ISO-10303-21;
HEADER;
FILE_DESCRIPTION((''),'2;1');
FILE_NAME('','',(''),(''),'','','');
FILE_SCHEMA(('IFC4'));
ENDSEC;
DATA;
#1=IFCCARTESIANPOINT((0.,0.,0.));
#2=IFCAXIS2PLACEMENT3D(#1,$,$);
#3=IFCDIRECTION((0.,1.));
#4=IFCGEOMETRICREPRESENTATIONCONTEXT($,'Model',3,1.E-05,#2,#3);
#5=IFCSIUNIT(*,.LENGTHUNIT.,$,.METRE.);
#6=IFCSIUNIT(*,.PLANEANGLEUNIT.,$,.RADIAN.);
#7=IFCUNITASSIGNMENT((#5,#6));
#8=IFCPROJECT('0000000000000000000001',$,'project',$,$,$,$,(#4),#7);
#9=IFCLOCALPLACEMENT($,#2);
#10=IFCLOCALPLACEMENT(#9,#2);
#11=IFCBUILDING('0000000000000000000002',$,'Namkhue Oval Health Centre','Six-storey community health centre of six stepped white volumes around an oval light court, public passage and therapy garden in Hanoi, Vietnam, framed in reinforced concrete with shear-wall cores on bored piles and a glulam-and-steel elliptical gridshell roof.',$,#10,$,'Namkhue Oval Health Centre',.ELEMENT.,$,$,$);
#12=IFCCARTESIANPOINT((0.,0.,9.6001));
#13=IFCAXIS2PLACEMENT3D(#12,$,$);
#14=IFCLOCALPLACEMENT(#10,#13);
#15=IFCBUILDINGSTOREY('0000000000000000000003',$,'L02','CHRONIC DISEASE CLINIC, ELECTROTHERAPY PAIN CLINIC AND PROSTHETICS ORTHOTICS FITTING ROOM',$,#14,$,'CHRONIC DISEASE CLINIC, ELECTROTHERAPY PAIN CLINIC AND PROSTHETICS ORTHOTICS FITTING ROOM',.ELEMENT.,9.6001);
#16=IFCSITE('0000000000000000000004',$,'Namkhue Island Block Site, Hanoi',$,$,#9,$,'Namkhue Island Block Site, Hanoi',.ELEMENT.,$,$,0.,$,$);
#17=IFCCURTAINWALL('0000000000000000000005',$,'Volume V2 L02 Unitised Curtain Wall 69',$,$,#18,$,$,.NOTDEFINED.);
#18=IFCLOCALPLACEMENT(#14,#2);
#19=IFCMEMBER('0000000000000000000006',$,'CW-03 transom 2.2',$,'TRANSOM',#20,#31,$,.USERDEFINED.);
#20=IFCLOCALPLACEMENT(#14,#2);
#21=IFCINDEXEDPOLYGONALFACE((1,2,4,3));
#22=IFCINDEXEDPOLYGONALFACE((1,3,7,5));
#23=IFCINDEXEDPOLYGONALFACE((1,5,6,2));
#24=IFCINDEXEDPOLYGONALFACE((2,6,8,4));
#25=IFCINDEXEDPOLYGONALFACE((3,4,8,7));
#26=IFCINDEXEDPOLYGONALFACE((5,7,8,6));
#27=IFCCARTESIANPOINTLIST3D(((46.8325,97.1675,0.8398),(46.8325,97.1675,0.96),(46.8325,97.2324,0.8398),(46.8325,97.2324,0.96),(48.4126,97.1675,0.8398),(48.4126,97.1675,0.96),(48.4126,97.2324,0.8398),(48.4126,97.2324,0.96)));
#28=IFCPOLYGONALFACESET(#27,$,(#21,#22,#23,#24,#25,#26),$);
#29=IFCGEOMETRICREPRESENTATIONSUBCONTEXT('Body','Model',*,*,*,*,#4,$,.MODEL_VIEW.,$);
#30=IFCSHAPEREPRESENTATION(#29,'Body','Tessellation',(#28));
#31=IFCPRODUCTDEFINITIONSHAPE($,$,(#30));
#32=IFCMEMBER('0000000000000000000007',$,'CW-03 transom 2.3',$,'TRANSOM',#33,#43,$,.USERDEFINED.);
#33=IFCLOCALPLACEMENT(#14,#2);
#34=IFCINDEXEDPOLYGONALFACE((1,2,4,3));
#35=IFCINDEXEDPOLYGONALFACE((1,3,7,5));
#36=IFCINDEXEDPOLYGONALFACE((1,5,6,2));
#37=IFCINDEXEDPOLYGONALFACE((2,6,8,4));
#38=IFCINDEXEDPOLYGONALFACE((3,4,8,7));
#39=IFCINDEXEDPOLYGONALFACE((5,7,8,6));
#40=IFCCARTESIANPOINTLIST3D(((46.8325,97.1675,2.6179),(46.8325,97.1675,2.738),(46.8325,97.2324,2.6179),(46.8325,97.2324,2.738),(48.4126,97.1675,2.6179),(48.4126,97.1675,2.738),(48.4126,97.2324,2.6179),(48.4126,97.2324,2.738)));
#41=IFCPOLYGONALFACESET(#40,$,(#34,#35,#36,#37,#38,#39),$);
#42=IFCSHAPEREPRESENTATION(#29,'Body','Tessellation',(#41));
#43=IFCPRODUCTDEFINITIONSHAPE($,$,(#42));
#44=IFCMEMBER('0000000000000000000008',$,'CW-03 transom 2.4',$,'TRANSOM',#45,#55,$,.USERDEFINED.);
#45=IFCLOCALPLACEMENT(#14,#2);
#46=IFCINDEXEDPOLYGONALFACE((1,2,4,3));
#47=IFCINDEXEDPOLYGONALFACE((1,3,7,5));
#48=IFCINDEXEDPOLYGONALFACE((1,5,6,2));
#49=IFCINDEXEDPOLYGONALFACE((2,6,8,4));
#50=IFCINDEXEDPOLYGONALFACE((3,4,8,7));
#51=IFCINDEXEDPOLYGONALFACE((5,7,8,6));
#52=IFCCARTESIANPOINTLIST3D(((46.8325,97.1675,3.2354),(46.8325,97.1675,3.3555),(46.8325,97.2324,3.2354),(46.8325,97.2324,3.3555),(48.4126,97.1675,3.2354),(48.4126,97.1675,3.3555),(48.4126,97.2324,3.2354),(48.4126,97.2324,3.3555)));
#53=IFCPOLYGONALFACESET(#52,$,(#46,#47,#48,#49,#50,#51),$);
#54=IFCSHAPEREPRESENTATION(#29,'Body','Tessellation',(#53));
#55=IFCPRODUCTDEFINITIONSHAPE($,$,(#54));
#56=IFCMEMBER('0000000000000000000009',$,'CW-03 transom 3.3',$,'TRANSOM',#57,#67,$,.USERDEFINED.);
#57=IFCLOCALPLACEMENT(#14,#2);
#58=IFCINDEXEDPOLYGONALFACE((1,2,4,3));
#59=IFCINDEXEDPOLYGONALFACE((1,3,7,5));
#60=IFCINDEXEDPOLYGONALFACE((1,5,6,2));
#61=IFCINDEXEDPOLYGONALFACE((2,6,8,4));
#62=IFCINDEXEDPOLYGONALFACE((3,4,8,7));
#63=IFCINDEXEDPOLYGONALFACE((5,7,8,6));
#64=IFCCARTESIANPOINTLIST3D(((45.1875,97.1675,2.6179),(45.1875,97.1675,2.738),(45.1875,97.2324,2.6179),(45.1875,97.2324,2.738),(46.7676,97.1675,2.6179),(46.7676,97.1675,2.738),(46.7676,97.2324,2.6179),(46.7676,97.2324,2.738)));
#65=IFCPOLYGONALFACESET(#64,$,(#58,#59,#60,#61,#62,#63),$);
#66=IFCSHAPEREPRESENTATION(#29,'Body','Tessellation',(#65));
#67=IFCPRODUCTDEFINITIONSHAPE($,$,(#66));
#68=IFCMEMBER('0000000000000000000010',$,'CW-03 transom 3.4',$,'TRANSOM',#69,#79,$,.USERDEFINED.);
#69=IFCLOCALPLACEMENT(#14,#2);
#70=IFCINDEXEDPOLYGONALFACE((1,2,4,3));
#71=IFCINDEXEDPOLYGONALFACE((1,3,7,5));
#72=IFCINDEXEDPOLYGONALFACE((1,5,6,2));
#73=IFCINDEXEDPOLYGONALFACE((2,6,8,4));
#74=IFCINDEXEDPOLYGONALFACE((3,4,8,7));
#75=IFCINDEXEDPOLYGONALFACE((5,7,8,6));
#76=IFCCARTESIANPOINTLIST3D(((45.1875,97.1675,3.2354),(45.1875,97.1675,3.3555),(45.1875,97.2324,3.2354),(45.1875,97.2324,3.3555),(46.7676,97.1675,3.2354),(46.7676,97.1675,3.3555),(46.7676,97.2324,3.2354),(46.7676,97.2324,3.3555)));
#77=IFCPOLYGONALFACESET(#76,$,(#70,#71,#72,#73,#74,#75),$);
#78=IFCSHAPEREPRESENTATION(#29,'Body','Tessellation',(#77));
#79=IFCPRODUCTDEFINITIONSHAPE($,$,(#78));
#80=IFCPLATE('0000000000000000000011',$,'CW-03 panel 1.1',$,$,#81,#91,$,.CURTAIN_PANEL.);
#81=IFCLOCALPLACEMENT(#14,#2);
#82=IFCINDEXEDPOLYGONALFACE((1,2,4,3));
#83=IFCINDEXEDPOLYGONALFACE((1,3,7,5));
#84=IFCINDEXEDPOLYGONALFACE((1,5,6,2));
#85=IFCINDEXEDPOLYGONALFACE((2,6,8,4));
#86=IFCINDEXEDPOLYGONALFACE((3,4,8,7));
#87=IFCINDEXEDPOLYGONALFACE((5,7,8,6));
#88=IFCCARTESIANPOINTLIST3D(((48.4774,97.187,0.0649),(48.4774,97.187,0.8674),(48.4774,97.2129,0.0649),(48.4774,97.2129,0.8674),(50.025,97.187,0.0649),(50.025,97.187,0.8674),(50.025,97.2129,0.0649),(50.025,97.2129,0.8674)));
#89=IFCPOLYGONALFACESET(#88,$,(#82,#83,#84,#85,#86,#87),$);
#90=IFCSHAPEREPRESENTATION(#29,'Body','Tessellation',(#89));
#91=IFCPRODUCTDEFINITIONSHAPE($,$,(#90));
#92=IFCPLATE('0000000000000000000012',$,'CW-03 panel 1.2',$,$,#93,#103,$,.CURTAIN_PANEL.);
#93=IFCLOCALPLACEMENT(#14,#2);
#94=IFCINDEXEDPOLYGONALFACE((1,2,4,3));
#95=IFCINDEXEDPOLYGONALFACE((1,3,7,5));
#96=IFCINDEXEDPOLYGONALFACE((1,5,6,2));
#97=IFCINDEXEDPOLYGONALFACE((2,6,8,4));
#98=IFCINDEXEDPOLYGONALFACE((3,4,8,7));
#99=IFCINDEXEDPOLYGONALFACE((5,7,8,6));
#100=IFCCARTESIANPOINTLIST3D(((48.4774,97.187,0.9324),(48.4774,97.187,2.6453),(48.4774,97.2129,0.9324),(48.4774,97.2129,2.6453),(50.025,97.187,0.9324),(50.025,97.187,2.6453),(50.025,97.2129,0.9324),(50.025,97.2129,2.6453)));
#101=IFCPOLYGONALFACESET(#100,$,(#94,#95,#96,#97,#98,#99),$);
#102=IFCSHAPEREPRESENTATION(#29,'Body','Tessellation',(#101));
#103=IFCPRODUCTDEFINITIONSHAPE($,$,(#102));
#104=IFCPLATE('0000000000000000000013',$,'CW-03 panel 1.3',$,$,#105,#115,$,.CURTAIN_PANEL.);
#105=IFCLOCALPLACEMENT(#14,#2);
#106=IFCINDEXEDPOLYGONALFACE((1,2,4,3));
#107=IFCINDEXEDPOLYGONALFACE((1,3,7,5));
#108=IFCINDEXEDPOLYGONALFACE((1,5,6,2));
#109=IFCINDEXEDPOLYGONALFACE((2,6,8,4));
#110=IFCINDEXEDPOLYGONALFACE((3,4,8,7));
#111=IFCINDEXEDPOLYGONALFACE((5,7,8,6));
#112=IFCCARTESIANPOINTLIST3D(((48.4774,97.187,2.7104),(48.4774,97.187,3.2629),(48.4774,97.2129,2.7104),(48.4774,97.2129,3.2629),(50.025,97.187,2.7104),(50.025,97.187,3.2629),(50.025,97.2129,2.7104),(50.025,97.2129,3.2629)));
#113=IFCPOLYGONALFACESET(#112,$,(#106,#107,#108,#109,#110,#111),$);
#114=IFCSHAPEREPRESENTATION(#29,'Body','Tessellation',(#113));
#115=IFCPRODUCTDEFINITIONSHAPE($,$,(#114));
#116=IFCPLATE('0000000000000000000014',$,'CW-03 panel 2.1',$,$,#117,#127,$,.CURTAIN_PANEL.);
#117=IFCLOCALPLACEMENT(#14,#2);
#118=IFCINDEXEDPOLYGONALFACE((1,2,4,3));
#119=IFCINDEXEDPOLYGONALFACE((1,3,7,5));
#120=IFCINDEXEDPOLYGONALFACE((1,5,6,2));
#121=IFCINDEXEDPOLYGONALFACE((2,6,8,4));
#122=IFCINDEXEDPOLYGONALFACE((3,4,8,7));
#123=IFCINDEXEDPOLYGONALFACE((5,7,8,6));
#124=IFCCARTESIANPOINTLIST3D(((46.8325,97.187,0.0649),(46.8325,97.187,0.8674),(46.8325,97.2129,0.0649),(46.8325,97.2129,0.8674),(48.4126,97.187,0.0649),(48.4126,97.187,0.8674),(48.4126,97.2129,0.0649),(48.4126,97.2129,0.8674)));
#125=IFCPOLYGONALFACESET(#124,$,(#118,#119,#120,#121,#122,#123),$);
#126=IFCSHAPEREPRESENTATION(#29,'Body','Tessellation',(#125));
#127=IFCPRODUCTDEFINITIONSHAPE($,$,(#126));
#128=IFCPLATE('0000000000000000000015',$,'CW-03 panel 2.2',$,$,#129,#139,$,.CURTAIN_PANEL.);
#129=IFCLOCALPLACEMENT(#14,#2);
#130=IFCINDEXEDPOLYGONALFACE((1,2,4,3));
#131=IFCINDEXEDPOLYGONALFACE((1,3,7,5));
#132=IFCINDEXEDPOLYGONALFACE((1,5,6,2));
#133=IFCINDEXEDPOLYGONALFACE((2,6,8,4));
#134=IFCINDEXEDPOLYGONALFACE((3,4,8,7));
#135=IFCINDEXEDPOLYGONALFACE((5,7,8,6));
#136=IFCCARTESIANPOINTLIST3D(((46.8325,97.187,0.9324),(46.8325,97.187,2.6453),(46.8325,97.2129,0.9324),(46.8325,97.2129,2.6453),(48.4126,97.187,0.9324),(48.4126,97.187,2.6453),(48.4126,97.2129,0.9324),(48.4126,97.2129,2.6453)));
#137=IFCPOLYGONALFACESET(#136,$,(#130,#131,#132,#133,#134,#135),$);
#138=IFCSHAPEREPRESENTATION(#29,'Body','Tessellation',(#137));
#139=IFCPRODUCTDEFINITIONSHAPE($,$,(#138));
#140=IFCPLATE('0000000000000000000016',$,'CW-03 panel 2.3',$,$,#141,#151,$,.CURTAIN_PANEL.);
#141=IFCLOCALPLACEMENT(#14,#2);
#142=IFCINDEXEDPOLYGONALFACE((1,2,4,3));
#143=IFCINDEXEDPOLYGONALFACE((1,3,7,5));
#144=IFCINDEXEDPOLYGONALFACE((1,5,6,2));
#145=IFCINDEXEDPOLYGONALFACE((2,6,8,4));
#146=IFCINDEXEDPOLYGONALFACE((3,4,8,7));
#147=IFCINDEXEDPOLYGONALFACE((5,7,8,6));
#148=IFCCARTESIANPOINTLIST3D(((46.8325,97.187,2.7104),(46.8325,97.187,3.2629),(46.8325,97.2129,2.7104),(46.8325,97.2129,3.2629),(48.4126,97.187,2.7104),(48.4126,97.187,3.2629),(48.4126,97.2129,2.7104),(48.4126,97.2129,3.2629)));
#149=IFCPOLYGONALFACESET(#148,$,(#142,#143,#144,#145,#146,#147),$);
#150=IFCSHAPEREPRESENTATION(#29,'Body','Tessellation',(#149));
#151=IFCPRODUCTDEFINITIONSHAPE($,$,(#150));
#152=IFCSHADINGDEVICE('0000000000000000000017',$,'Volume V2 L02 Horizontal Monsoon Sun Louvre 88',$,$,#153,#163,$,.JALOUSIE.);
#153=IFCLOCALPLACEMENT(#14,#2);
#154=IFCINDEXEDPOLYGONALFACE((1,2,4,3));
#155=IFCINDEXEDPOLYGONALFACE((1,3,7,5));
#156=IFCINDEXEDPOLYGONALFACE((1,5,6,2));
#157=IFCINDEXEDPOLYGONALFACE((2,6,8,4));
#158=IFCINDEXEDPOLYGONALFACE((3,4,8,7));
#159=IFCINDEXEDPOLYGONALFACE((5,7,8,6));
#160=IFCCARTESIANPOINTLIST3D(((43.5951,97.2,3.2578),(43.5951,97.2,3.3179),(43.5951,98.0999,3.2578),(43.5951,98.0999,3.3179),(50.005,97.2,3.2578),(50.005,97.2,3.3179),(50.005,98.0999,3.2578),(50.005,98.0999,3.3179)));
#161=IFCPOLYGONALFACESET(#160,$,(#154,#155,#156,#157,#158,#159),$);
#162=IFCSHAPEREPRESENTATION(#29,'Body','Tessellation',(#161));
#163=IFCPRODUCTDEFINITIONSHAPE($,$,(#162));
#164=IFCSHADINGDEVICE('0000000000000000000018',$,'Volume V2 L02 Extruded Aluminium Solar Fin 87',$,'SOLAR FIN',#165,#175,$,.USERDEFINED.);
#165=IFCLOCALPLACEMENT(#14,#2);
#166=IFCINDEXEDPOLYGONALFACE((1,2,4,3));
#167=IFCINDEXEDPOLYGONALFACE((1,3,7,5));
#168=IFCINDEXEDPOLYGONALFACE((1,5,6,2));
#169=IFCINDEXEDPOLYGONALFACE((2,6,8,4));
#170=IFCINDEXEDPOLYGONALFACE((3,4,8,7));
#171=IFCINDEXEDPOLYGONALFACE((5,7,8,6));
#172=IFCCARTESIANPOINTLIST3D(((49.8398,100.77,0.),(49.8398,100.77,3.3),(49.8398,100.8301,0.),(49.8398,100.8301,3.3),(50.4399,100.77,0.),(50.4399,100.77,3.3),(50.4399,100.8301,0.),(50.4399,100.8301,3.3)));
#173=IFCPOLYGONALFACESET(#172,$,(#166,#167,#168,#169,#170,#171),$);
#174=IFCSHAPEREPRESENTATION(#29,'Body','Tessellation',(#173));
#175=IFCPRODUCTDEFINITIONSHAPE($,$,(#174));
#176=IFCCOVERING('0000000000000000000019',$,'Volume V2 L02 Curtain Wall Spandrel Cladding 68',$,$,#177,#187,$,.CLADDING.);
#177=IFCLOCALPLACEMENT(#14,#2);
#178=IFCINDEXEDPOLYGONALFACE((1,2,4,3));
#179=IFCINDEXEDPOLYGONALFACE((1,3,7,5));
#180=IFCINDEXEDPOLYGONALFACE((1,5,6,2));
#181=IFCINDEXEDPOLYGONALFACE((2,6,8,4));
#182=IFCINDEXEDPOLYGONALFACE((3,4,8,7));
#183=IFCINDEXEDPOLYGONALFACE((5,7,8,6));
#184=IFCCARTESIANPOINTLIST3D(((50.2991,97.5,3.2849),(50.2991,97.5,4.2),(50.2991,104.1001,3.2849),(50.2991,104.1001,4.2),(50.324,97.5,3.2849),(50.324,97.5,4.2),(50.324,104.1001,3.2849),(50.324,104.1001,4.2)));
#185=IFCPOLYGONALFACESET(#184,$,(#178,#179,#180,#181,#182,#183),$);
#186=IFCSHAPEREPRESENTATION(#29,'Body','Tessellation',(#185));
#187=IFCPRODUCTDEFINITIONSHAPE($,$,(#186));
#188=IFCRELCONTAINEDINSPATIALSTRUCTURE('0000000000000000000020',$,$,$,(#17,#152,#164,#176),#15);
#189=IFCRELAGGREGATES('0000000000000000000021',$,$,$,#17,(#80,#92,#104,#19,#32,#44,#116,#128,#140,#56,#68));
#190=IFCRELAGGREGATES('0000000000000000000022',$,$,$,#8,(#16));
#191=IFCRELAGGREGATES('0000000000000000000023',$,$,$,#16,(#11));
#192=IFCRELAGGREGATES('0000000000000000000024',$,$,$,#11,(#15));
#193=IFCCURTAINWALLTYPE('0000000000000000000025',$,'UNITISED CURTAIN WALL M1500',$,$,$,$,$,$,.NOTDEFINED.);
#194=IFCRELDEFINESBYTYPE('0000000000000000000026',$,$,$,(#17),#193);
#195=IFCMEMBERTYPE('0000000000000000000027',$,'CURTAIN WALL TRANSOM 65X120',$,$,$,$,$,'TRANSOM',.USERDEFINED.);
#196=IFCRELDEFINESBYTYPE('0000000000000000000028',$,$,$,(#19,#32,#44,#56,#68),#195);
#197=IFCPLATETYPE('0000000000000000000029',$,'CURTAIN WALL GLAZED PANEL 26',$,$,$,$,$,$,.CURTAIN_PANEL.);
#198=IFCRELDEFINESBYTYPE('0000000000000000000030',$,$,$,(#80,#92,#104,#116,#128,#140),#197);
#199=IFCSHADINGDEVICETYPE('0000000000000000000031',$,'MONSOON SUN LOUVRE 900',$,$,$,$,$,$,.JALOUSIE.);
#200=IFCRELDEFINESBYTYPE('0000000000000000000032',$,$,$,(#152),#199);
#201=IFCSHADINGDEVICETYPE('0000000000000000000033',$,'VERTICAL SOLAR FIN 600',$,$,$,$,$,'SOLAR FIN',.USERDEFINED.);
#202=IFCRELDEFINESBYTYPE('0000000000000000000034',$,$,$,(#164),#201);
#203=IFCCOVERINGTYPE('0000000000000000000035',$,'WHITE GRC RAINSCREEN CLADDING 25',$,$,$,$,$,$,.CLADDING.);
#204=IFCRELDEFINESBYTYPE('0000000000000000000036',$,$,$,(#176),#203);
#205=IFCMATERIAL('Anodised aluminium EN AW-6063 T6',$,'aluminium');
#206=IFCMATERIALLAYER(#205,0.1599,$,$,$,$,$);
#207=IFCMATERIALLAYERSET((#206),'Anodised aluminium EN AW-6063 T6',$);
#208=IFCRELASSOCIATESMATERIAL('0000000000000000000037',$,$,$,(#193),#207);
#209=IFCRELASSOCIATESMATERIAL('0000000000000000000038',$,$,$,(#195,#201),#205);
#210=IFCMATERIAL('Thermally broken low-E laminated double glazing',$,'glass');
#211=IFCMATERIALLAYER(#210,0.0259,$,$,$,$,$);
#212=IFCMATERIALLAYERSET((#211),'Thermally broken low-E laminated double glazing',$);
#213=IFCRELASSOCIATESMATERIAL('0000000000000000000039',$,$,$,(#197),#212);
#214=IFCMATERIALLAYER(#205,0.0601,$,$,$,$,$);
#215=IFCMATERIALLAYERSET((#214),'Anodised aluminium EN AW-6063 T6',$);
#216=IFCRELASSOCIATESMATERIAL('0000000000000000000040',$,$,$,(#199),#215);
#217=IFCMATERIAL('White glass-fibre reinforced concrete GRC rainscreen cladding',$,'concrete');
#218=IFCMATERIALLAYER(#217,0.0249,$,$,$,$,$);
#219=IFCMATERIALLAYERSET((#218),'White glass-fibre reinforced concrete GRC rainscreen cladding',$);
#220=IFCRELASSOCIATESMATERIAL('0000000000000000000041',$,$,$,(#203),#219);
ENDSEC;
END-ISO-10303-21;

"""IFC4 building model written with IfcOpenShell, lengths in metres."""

from ifc_helpers import new_model, si_unit, direction, frame, origin, origin_2d, place, context, subcontext, project, spatial, rectangle, extrude, material, layer, layer_set, material_profile, profile_set, type_object, element, aggregate, save


model = new_model("IFC4")

# Units and contexts
model_context = context("Model", 3, precision=1e-05, world=origin(), true_north=direction((0.0, 1.0)))
body_context = subcontext(model_context, "Body", "Model", "MODEL_VIEW")
ifc_project = project(units=[si_unit("LENGTHUNIT", "METRE"), si_unit("PLANEANGLEUNIT", "RADIAN")], contexts=[model_context])

# Site, building, storey
site_placement = place(None, origin())
site = spatial("IfcSite", under=ifc_project, at=site_placement, Name="Namkhue Island Block Site, Hanoi", LongName="Namkhue Island Block Site, Hanoi", CompositionType="ELEMENT", RefElevation=0.0)
building_placement = place(site_placement, origin())
building = spatial("IfcBuilding", under=site, at=building_placement, Name="Namkhue Oval Health Centre", Description="Six-storey community health centre of six stepped white volumes around an oval light court, public passage and therapy garden in Hanoi, Vietnam, framed in reinforced concrete with shear-wall cores on bored piles and a glulam-and-steel elliptical gridshell roof.", LongName="Namkhue Oval Health Centre", CompositionType="ELEMENT")
storey_placement = place(building_placement, frame((0.0, 0.0, 9.6001)))
storey = spatial("IfcBuildingStorey", under=building, at=storey_placement, Name="L02", Description="CHRONIC DISEASE CLINIC, ELECTROTHERAPY PAIN CLINIC AND PROSTHETICS ORTHOTICS FITTING ROOM", LongName="CHRONIC DISEASE CLINIC, ELECTROTHERAPY PAIN CLINIC AND PROSTHETICS ORTHOTICS FITTING ROOM", CompositionType="ELEMENT", Elevation=9.6001)

# Curtain wall, members, plates
ifc_material_1 = material(Name="Anodised aluminium EN AW-6063 T6", Category="aluminium")
ifc_layer_1 = layer(ifc_material_1, 0.1599)
ifc_layer_set_1 = layer_set([ifc_layer_1], Name="Anodised aluminium EN AW-6063 T6")
curtain_wall_type = type_object("IfcCurtainWallType", Name="UNITISED CURTAIN WALL M1500", PredefinedType="NOTDEFINED", material=ifc_layer_set_1)
curtain_wall_placement = place(storey_placement, origin())
curtain_wall = element("IfcCurtainWall", 1, at=curtain_wall_placement, inside=storey, type_object=curtain_wall_type, Name="Volume V2 L02 Unitised Curtain Wall 69", PredefinedType="NOTDEFINED")
ifc_material_profile_1 = material_profile(ifc_material_1, rectangle(XDim=0.0649, YDim=0.1201, at=origin_2d()), Name="ALU 65x120")
ifc_profile_set_1 = profile_set([ifc_material_profile_1], Name="Anodised aluminium EN AW-6063 T6")
member_type_1 = type_object("IfcMemberType", Name="CURTAIN WALL TRANSOM 65X120", ElementType="TRANSOM", PredefinedType="USERDEFINED", material=ifc_profile_set_1)
member_1_placement = place(storey_placement, frame((48.4126, 97.2, 0.8999), z_axis=(-1.0, 0.0, 0.0), x_axis=(0.0, -1.0, 0.0)))
member_1 = element("IfcMember", 2, at=member_1_placement, type_object=member_type_1, Name="CW-03 transom 2.2", ObjectType="TRANSOM", PredefinedType="USERDEFINED", context=body_context, shape_type="SweptSolid", body=[
    extrude(rectangle(XDim=0.0649, YDim=0.1201, at=origin_2d()), origin(), (0.0, 0.0, 1.0), 1.5801),
])
member_2_placement = place(storey_placement, frame((48.4126, 97.2, 2.678), z_axis=(-1.0, 0.0, 0.0), x_axis=(0.0, -1.0, 0.0)))
member_2 = element("IfcMember", 3, at=member_2_placement, type_object=member_type_1, Name="CW-03 transom 2.3", ObjectType="TRANSOM", PredefinedType="USERDEFINED", context=body_context, shape_type="SweptSolid", body=[
    extrude(rectangle(XDim=0.0649, YDim=0.1201, at=origin_2d()), origin(), (0.0, 0.0, 1.0), 1.5801),
])
member_3_placement = place(storey_placement, frame((48.4126, 97.2, 3.2954), z_axis=(-1.0, 0.0, 0.0), x_axis=(0.0, -1.0, 0.0)))
member_3 = element("IfcMember", 4, at=member_3_placement, type_object=member_type_1, Name="CW-03 transom 2.4", ObjectType="TRANSOM", PredefinedType="USERDEFINED", context=body_context, shape_type="SweptSolid", body=[
    extrude(rectangle(XDim=0.0649, YDim=0.1201, at=origin_2d()), origin(), (0.0, 0.0, 1.0), 1.5801),
])
member_4_placement = place(storey_placement, frame((46.7676, 97.2, 2.678), z_axis=(-1.0, 0.0, 0.0), x_axis=(0.0, -1.0, 0.0)))
member_4 = element("IfcMember", 5, at=member_4_placement, type_object=member_type_1, Name="CW-03 transom 3.3", ObjectType="TRANSOM", PredefinedType="USERDEFINED", context=body_context, shape_type="SweptSolid", body=[
    extrude(rectangle(XDim=0.0649, YDim=0.1201, at=origin_2d()), origin(), (0.0, 0.0, 1.0), 1.5801),
])
member_5_placement = place(storey_placement, frame((46.7676, 97.2, 3.2954), z_axis=(-1.0, 0.0, 0.0), x_axis=(0.0, -1.0, 0.0)))
member_5 = element("IfcMember", 6, at=member_5_placement, type_object=member_type_1, Name="CW-03 transom 3.4", ObjectType="TRANSOM", PredefinedType="USERDEFINED", context=body_context, shape_type="SweptSolid", body=[
    extrude(rectangle(XDim=0.0649, YDim=0.1201, at=origin_2d()), origin(), (0.0, 0.0, 1.0), 1.5801),
])
ifc_material_2 = material(Name="Thermally broken low-E laminated double glazing", Category="glass")
ifc_layer_2 = layer(ifc_material_2, 0.0259)
ifc_layer_set_2 = layer_set([ifc_layer_2], Name="Thermally broken low-E laminated double glazing")
plate_type = type_object("IfcPlateType", Name="CURTAIN WALL GLAZED PANEL 26", PredefinedType="CURTAIN_PANEL", material=ifc_layer_set_2)
plate_1_placement = place(storey_placement, frame((49.2512, 97.2, 0.0649), z_axis=(0.0, 0.0, 1.0), x_axis=(-1.0, 0.0, 0.0)))
plate_1 = element("IfcPlate", 7, at=plate_1_placement, type_object=plate_type, Name="CW-03 panel 1.1", PredefinedType="CURTAIN_PANEL", context=body_context, shape_type="SweptSolid", body=[
    extrude(rectangle(XDim=1.5476, YDim=0.0259, at=origin_2d()), origin(), (0.0, 0.0, 1.0), 0.8025),
])
plate_2_placement = place(storey_placement, frame((49.2512, 97.2, 0.9324), z_axis=(0.0, 0.0, 1.0), x_axis=(-1.0, 0.0, 0.0)))
plate_2 = element("IfcPlate", 8, at=plate_2_placement, type_object=plate_type, Name="CW-03 panel 1.2", PredefinedType="CURTAIN_PANEL", context=body_context, shape_type="SweptSolid", body=[
    extrude(rectangle(XDim=1.5476, YDim=0.0259, at=origin_2d()), origin(), (0.0, 0.0, 1.0), 1.7129),
])
plate_3_placement = place(storey_placement, frame((49.2512, 97.2, 2.7104), z_axis=(0.0, 0.0, 1.0), x_axis=(-1.0, 0.0, 0.0)))
plate_3 = element("IfcPlate", 9, at=plate_3_placement, type_object=plate_type, Name="CW-03 panel 1.3", PredefinedType="CURTAIN_PANEL", context=body_context, shape_type="SweptSolid", body=[
    extrude(rectangle(XDim=1.5476, YDim=0.0259, at=origin_2d()), origin(), (0.0, 0.0, 1.0), 0.5525),
])
plate_4_placement = place(storey_placement, frame((47.6226, 97.2, 0.0649), z_axis=(0.0, 0.0, 1.0), x_axis=(-1.0, 0.0, 0.0)))
plate_4 = element("IfcPlate", 10, at=plate_4_placement, type_object=plate_type, Name="CW-03 panel 2.1", PredefinedType="CURTAIN_PANEL", context=body_context, shape_type="SweptSolid", body=[
    extrude(rectangle(XDim=1.5801, YDim=0.0259, at=origin_2d()), origin(), (0.0, 0.0, 1.0), 0.8025),
])
plate_5_placement = place(storey_placement, frame((47.6226, 97.2, 0.9324), z_axis=(0.0, 0.0, 1.0), x_axis=(-1.0, 0.0, 0.0)))
plate_5 = element("IfcPlate", 11, at=plate_5_placement, type_object=plate_type, Name="CW-03 panel 2.2", PredefinedType="CURTAIN_PANEL", context=body_context, shape_type="SweptSolid", body=[
    extrude(rectangle(XDim=1.5801, YDim=0.0259, at=origin_2d()), origin(), (0.0, 0.0, 1.0), 1.7129),
])
plate_6_placement = place(storey_placement, frame((47.6226, 97.2, 2.7104), z_axis=(0.0, 0.0, 1.0), x_axis=(-1.0, 0.0, 0.0)))
plate_6 = element("IfcPlate", 12, at=plate_6_placement, type_object=plate_type, Name="CW-03 panel 2.3", PredefinedType="CURTAIN_PANEL", context=body_context, shape_type="SweptSolid", body=[
    extrude(rectangle(XDim=1.5801, YDim=0.0259, at=origin_2d()), origin(), (0.0, 0.0, 1.0), 0.5525),
])
aggregate(curtain_wall, [plate_1, plate_2, plate_3, member_1, member_2, member_3, plate_4, plate_5, plate_6, member_4, member_5])

# Shading devices
ifc_layer_3 = layer(ifc_material_1, 0.0601)
ifc_layer_set_3 = layer_set([ifc_layer_3], Name="Anodised aluminium EN AW-6063 T6")
shading_device_type_1 = type_object("IfcShadingDeviceType", Name="MONSOON SUN LOUVRE 900", PredefinedType="JALOUSIE", material=ifc_layer_set_3)
shading_device_1_placement = place(storey_placement, frame((46.8, 97.6499, 3.2578), z_axis=(0.0, 0.0, 1.0), x_axis=(-1.0, 0.0, 0.0)))
element("IfcShadingDevice", 13, at=shading_device_1_placement, inside=storey, type_object=shading_device_type_1, Name="Volume V2 L02 Horizontal Monsoon Sun Louvre 88", PredefinedType="JALOUSIE", context=body_context, shape_type="SweptSolid", body=[
    extrude(rectangle(XDim=6.4099, YDim=0.8999, at=origin_2d()), origin(), (0.0, 0.0, 1.0), 0.0601),
])
shading_device_type_2 = type_object("IfcShadingDeviceType", Name="VERTICAL SOLAR FIN 600", ElementType="SOLAR FIN", PredefinedType="USERDEFINED", material=ifc_material_1)
shading_device_2_placement = place(storey_placement, frame((50.1399, 100.8, 0.0), z_axis=(0.0, 0.0, 1.0), x_axis=(-1.0, 0.0, 0.0)))
element("IfcShadingDevice", 14, at=shading_device_2_placement, inside=storey, type_object=shading_device_type_2, Name="Volume V2 L02 Extruded Aluminium Solar Fin 87", ObjectType="SOLAR FIN", PredefinedType="USERDEFINED", context=body_context, shape_type="SweptSolid", body=[
    extrude(rectangle(XDim=0.6001, YDim=0.0601, at=origin_2d()), origin(), (0.0, 0.0, 1.0), 3.3),
])

# Covering
ifc_material_3 = material(Name="White glass-fibre reinforced concrete GRC rainscreen cladding", Category="concrete")
ifc_layer_4 = layer(ifc_material_3, 0.0249)
ifc_layer_set_4 = layer_set([ifc_layer_4], Name="White glass-fibre reinforced concrete GRC rainscreen cladding")
covering_type = type_object("IfcCoveringType", Name="WHITE GRC RAINSCREEN CLADDING 25", PredefinedType="CLADDING", material=ifc_layer_set_4)
covering_1_placement = place(storey_placement, frame((50.3115, 100.8, 3.2849), z_axis=(0.0, 0.0, 1.0), x_axis=(0.0, -1.0, 0.0)))
element("IfcCovering", 15, at=covering_1_placement, inside=storey, type_object=covering_type, Name="Volume V2 L02 Curtain Wall Spandrel Cladding 68", PredefinedType="CLADDING", context=body_context, shape_type="SweptSolid", body=[
    extrude(rectangle(XDim=6.6001, YDim=0.0249, at=origin_2d()), origin(), (0.0, 0.0, 1.0), 0.915),
])

save(model, "model.ifc")
